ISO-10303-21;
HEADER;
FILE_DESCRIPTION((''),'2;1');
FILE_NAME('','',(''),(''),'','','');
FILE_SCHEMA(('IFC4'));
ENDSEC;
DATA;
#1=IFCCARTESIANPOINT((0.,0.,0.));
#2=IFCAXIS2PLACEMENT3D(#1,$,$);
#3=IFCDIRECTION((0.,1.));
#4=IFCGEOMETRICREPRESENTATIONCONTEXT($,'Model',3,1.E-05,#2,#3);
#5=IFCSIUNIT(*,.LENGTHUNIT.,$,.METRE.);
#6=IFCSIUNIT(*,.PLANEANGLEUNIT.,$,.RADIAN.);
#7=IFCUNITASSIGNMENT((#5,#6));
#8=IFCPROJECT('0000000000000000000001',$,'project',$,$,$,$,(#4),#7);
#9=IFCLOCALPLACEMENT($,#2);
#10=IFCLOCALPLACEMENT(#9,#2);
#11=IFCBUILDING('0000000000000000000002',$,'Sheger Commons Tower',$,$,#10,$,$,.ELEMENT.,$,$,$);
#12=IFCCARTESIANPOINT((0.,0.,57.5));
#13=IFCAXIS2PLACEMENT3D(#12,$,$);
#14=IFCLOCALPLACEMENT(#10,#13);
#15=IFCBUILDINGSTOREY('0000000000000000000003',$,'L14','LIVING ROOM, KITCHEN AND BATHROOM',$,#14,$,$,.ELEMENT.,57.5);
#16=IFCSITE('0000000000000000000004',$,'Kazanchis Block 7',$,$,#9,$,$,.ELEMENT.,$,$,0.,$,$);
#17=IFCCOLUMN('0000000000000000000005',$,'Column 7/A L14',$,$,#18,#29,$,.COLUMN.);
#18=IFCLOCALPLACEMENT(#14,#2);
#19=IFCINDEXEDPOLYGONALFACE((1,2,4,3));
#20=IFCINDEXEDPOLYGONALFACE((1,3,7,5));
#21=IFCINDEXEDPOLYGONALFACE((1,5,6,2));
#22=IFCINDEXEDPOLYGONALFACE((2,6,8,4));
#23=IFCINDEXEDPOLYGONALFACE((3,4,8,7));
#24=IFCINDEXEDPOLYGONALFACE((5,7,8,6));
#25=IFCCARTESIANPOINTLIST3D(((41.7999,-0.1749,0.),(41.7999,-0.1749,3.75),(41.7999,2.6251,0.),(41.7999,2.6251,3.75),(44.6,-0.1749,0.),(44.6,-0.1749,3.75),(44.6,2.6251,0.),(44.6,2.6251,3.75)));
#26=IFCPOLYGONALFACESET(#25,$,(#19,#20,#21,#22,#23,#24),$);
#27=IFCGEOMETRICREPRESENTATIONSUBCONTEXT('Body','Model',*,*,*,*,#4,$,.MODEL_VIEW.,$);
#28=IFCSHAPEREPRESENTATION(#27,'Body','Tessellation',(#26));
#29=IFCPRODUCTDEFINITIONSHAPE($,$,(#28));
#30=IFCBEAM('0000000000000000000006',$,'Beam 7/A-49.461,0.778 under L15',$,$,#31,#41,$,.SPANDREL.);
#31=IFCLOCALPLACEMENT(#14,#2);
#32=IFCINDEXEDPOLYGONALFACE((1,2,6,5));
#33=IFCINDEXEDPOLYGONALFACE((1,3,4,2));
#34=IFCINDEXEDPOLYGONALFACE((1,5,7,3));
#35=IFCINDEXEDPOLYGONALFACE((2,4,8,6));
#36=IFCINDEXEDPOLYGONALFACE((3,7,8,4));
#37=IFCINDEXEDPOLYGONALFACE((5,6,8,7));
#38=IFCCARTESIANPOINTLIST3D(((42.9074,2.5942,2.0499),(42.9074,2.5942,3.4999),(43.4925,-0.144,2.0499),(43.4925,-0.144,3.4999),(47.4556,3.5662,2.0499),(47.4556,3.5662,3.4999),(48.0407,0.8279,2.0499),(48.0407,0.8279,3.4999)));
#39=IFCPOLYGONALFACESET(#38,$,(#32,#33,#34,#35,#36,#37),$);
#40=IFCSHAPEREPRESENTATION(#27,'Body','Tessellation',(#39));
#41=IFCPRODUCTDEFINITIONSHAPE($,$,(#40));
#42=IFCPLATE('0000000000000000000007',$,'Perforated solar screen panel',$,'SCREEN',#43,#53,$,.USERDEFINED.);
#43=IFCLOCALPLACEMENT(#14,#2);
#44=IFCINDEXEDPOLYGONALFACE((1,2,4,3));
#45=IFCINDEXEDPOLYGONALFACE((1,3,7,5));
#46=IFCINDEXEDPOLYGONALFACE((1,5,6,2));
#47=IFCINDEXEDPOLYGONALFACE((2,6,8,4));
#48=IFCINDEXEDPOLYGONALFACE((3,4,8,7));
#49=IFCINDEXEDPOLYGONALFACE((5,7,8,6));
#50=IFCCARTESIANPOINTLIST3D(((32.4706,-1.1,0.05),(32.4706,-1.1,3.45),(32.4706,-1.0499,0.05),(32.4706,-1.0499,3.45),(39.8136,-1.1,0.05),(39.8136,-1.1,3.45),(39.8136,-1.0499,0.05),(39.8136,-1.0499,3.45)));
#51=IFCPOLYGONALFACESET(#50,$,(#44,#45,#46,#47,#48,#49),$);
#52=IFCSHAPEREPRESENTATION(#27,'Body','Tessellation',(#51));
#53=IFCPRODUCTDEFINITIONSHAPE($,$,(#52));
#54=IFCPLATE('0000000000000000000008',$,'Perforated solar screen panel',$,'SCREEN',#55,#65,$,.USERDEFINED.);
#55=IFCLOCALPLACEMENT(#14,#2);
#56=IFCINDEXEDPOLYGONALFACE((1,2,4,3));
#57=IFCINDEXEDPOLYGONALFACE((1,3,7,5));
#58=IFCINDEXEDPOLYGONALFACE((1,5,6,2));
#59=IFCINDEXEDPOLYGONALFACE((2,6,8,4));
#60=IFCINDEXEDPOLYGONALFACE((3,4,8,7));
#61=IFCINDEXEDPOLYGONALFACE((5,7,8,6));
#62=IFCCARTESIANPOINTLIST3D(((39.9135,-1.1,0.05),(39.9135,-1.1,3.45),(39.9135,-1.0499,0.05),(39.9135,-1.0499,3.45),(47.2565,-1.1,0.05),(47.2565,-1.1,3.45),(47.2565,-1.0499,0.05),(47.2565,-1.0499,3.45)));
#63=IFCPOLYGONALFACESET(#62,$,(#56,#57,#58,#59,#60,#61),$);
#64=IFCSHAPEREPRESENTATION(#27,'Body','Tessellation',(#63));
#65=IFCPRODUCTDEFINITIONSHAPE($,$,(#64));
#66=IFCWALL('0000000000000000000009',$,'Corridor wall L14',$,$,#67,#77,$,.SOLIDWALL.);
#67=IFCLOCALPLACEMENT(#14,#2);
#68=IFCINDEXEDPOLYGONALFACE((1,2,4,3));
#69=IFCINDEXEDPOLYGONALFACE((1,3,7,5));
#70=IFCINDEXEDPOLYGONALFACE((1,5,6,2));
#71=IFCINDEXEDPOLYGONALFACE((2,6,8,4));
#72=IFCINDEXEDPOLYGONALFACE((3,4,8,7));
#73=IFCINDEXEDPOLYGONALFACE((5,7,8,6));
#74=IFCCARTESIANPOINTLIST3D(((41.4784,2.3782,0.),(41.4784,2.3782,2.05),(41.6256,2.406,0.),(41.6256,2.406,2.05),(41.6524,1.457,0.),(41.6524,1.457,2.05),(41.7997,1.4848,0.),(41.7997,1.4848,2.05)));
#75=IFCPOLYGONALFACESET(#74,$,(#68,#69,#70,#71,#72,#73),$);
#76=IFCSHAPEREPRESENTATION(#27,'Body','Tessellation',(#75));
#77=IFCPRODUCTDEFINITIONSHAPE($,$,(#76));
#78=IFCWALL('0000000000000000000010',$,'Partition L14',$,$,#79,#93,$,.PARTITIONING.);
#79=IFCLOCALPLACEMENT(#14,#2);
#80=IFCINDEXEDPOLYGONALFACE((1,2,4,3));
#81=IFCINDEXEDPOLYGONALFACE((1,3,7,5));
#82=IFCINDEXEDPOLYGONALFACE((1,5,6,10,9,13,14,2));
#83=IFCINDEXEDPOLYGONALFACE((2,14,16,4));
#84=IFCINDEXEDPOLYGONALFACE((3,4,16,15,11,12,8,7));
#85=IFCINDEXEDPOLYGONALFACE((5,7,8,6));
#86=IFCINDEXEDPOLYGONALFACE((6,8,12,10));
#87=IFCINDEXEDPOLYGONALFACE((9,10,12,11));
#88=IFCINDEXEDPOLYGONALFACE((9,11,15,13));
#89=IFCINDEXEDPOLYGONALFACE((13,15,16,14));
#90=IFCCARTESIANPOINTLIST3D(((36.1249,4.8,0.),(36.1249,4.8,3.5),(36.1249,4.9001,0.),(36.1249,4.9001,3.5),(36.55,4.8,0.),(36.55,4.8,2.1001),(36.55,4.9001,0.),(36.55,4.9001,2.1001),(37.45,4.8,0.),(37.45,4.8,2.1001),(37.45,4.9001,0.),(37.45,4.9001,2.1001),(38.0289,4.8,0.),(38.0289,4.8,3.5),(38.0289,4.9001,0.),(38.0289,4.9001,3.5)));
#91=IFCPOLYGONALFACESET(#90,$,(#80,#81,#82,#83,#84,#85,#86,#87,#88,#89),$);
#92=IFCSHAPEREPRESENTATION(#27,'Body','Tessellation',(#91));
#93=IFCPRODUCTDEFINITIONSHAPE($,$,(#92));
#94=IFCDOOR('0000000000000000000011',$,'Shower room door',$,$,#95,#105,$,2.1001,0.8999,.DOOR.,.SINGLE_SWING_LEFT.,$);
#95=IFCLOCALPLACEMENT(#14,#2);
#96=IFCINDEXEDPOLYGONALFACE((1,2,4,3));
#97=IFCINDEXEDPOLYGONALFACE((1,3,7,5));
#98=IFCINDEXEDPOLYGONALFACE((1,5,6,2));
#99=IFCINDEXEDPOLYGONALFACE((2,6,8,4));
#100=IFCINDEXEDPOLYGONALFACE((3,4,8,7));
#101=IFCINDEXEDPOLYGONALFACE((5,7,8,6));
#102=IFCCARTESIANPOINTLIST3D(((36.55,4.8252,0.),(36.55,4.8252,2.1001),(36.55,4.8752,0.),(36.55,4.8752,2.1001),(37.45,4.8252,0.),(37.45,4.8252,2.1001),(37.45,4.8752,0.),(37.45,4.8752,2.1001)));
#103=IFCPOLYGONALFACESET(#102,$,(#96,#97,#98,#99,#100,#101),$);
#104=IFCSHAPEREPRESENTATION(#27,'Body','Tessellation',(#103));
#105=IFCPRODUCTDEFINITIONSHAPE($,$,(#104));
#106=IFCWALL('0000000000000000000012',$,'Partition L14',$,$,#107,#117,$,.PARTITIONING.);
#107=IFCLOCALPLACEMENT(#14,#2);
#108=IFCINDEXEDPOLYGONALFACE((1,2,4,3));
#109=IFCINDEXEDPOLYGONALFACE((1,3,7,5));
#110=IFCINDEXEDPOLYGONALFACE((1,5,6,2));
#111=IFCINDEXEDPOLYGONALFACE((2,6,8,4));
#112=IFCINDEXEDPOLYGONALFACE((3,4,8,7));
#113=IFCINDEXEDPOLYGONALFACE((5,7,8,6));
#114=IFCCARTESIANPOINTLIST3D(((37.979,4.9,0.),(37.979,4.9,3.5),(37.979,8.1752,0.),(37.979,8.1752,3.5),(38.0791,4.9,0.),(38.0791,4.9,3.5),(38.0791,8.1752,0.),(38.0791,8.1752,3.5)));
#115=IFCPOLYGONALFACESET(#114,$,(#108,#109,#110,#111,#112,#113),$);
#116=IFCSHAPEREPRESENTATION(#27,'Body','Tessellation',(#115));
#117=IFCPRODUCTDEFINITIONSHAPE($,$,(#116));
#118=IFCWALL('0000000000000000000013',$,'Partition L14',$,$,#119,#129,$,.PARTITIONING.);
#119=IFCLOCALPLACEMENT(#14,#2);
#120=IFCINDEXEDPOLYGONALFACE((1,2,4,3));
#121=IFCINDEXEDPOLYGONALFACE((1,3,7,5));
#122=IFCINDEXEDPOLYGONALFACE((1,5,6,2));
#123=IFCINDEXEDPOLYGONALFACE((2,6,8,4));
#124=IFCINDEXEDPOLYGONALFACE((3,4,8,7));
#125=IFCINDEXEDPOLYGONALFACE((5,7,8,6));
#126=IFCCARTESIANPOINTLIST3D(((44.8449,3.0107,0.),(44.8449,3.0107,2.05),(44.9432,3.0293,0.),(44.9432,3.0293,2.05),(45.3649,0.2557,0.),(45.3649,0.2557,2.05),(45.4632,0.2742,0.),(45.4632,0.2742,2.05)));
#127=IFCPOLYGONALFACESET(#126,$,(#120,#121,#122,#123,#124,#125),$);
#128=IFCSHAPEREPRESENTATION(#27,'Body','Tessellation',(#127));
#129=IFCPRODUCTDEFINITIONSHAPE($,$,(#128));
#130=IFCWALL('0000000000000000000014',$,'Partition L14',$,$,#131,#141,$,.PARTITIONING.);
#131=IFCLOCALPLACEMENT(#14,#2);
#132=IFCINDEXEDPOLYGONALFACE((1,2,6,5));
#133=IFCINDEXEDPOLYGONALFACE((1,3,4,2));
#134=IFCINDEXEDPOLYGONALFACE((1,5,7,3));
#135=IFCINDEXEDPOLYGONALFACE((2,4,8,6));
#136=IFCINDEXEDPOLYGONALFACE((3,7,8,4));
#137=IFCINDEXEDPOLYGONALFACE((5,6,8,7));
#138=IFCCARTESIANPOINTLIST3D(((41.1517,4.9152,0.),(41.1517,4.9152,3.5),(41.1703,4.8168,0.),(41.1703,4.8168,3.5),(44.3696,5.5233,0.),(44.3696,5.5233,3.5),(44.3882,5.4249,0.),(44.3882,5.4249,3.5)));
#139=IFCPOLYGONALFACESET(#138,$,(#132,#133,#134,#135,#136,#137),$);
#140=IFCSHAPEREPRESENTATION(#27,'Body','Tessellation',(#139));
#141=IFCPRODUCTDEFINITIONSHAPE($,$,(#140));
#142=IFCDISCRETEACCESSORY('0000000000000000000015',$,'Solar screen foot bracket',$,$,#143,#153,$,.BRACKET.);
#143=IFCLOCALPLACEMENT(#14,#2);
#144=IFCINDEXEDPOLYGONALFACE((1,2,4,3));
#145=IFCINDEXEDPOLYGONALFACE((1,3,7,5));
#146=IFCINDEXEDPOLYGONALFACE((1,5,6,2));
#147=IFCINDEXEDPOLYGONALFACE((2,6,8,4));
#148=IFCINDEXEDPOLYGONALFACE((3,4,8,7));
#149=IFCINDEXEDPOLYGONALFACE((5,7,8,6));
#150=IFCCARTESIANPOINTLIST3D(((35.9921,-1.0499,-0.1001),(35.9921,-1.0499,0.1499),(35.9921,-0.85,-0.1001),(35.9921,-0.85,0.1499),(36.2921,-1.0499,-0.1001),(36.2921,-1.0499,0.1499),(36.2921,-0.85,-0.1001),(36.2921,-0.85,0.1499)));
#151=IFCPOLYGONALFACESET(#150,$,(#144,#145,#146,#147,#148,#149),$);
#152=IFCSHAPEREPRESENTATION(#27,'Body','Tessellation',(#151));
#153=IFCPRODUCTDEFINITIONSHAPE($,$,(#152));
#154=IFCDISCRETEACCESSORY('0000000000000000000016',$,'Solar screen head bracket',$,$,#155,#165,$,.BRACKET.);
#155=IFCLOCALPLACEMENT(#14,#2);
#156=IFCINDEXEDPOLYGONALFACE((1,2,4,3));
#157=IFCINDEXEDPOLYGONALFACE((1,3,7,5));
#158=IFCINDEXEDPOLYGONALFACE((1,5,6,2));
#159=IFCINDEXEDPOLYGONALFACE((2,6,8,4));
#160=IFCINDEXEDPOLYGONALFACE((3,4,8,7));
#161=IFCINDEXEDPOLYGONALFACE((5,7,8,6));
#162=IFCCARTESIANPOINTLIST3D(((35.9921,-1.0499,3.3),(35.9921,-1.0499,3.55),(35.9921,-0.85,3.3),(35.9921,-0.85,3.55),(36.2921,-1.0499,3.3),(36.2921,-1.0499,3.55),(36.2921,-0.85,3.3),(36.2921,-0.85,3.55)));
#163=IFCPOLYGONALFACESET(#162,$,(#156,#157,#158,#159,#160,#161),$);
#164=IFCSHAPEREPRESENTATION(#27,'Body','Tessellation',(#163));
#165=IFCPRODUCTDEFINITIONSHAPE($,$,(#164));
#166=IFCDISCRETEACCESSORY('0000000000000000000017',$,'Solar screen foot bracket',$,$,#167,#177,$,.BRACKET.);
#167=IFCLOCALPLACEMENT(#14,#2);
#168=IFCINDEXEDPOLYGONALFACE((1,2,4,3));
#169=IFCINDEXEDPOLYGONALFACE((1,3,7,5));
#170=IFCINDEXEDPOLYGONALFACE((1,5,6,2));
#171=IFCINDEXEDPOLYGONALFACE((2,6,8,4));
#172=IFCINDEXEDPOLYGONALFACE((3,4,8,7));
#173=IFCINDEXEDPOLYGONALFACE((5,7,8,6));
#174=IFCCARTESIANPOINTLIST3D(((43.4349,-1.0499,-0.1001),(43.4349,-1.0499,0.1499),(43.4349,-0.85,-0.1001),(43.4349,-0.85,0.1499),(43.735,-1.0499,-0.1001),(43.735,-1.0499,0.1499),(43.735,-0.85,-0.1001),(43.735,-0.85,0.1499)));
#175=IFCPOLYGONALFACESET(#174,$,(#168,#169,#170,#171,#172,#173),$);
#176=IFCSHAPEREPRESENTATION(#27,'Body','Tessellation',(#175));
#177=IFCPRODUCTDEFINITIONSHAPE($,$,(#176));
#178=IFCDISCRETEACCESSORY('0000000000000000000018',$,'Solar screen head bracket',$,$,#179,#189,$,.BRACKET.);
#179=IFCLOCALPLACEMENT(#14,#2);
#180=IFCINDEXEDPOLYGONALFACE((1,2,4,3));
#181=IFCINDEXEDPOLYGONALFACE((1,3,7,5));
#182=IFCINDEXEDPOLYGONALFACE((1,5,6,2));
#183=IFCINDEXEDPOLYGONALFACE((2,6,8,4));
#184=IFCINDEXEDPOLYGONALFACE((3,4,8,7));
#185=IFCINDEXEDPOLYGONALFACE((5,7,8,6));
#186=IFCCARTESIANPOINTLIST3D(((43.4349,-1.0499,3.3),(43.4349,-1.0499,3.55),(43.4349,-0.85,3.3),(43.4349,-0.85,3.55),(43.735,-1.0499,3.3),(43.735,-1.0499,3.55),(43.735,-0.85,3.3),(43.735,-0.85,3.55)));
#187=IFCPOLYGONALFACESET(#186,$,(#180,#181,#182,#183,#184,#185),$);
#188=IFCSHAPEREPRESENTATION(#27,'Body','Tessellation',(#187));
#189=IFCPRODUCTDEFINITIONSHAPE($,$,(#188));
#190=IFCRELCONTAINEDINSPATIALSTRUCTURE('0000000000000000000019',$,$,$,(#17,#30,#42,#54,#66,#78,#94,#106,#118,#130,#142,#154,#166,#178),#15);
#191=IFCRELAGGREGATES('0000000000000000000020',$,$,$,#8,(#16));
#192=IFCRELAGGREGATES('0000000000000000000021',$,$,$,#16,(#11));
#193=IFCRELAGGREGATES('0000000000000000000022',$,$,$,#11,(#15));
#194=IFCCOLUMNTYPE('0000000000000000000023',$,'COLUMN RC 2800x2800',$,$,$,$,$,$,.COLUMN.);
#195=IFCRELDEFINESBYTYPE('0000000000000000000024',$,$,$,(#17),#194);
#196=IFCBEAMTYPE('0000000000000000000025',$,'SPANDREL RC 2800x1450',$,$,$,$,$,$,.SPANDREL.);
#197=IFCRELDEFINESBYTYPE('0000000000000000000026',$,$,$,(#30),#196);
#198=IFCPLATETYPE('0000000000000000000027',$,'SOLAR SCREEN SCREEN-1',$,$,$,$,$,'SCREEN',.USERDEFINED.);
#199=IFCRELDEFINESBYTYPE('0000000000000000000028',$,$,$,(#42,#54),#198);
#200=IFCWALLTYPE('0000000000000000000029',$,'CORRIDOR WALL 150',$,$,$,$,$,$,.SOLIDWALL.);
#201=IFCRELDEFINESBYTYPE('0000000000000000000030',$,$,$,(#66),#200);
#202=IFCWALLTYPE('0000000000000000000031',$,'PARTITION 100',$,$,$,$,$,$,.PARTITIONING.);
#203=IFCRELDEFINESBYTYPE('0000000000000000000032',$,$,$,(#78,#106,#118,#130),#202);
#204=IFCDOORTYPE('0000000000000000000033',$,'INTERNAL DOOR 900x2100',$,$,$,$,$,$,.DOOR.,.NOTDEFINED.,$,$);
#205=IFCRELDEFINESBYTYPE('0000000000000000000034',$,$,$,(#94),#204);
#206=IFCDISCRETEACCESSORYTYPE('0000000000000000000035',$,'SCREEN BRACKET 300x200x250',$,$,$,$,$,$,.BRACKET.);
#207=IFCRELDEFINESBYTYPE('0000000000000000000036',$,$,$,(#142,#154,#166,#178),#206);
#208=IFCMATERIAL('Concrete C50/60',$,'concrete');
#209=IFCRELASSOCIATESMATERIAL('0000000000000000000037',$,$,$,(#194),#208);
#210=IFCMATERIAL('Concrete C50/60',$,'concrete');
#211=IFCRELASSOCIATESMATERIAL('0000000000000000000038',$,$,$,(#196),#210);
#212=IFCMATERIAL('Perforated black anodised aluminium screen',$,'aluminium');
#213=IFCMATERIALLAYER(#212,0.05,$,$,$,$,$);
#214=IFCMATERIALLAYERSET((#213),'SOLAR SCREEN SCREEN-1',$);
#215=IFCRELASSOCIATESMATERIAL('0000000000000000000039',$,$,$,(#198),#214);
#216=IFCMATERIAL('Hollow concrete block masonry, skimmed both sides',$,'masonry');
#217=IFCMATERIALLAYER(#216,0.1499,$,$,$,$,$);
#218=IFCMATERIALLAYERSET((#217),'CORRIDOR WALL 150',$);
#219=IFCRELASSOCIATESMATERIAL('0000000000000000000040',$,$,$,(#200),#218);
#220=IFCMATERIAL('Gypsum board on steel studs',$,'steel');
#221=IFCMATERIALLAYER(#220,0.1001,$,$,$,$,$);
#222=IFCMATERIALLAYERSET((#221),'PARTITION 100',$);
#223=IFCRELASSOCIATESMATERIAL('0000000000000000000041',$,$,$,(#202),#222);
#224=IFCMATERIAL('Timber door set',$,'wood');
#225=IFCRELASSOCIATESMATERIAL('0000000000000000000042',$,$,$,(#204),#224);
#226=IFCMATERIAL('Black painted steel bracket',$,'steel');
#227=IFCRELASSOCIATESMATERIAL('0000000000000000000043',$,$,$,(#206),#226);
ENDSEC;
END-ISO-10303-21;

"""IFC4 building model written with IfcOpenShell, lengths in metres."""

from ifc_helpers import new_model, si_unit, direction, frame, frame_2d, origin, origin_2d, place, context, subcontext, project, spatial, rectangle, extrude, material, layer, layer_set, material_profile, profile_set, type_object, element, fill, save


model = new_model("IFC4")

# Units and contexts
model_context = context("Model", 3, precision=1e-05, world=origin(), true_north=direction((0.0, 1.0)))
body_context = subcontext(model_context, "Body", "Model", "MODEL_VIEW")
ifc_project = project(units=[si_unit("LENGTHUNIT", "METRE"), si_unit("PLANEANGLEUNIT", "RADIAN")], contexts=[model_context])

# Site, building, storey
site_placement = place(None, origin())
site = spatial("IfcSite", under=ifc_project, at=site_placement, Name="Kazanchis Block 7", CompositionType="ELEMENT", RefElevation=0.0)
building_placement = place(site_placement, origin())
building = spatial("IfcBuilding", under=site, at=building_placement, Name="Sheger Commons Tower", CompositionType="ELEMENT")
storey_placement = place(building_placement, frame((0.0, 0.0, 57.5)))
storey = spatial("IfcBuildingStorey", under=building, at=storey_placement, Name="L14", Description="LIVING ROOM, KITCHEN AND BATHROOM", CompositionType="ELEMENT", Elevation=57.5)

# Column
ifc_material_1 = material(Name="Concrete C50/60", Category="concrete")
ifc_material_profile_1 = material_profile(ifc_material_1, rectangle(XDim=2.8, YDim=2.8, at=origin_2d()), Name="RC 2800x2800")
ifc_profile_set_1 = profile_set([ifc_material_profile_1], Name="Concrete C50/60")
column_type = type_object("IfcColumnType", Name="COLUMN RC 2800x2800", PredefinedType="COLUMN", material=ifc_profile_set_1)
column_placement = place(storey_placement, frame((43.2, 1.2251, 0.0), z_axis=(0.0, 0.0, 1.0), x_axis=(1.0, 0.0, 0.0)))
element("IfcColumn", 1, at=column_placement, inside=storey, type_object=column_type, Name="Column 7/A L14", PredefinedType="COLUMN", context=body_context, shape_type="SweptSolid", body=[
    extrude(rectangle(XDim=2.8, YDim=2.8, at=origin_2d()), origin(), (0.0, 0.0, 1.0), 3.75),
])

# Beam
ifc_material_2 = material(Name="Concrete C50/60", Category="concrete")
ifc_material_profile_2 = material_profile(ifc_material_2, rectangle(XDim=2.8, YDim=1.45, at=origin_2d()), Name="RC 2800x1450")
ifc_profile_set_2 = profile_set([ifc_material_profile_2], Name="Concrete C50/60")
beam_type = type_object("IfcBeamType", Name="SPANDREL RC 2800x1450", PredefinedType="SPANDREL", material=ifc_profile_set_2)
beam_placement = place(storey_placement, frame((43.2, 1.2251, 2.7749), z_axis=(0.97792, 0.208981, 0.0), x_axis=(-0.208981, 0.97792, 0.0)))
element("IfcBeam", 2, at=beam_placement, inside=storey, type_object=beam_type, Name="Beam 7/A-49.461,0.778 under L15", PredefinedType="SPANDREL", context=body_context, shape_type="SweptSolid", body=[
    extrude(rectangle(XDim=2.8, YDim=1.45, at=origin_2d()), origin(), (0.0, 0.0, 1.0), 4.6509),
])

# Plates
ifc_material_3 = material(Name="Perforated black anodised aluminium screen", Category="aluminium")
ifc_layer_1 = layer(ifc_material_3, 0.05)
ifc_layer_set_1 = layer_set([ifc_layer_1], Name="SOLAR SCREEN SCREEN-1")
plate_type = type_object("IfcPlateType", Name="SOLAR SCREEN SCREEN-1", ElementType="SCREEN", PredefinedType="USERDEFINED", material=ifc_layer_set_1)
for number, where, z_axis, x_axis, name in (
    (3, (36.1421, -1.075, 0.05), (0.0, 0.0, 1.0), (1.0, 0.0, 0.0), "Perforated solar screen panel"),
    (4, (43.585, -1.075, 0.05), (0.0, 0.0, 1.0), (1.0, 0.0, 0.0), "Perforated solar screen panel"),
):
    element("IfcPlate", number, at=place(storey_placement, frame(where, z_axis=z_axis, x_axis=x_axis)), inside=storey, type_object=plate_type, Name=name, ObjectType="SCREEN", PredefinedType="USERDEFINED", context=body_context, shape_type="SweptSolid", body=[
        extrude(rectangle(XDim=7.343, YDim=0.05, at=origin_2d()), origin(), (0.0, 0.0, 1.0), 3.3999),
    ])

# Wall
ifc_material_4 = material(Name="Hollow concrete block masonry, skimmed both sides", Category="masonry")
ifc_layer_2 = layer(ifc_material_4, 0.1499)
ifc_layer_set_2 = layer_set([ifc_layer_2], Name="CORRIDOR WALL 150")
wall_type_1 = type_object("IfcWallType", Name="CORRIDOR WALL 150", PredefinedType="SOLIDWALL", material=ifc_layer_set_2)
wall_1_placement = place(storey_placement, frame((41.552, 2.3921, 0.0), z_axis=(0.0, 0.0, 1.0), x_axis=(0.185688, -0.982609, 0.0)))
element("IfcWall", 5, at=wall_1_placement, inside=storey, type_object=wall_type_1, Name="Corridor wall L14", PredefinedType="SOLIDWALL", context=body_context, shape_type="SweptSolid", body=[
    extrude(rectangle(XDim=0.9375, YDim=0.1499, at=frame_2d((0.4688, 0.0))), origin(), (0.0, 0.0, 1.0), 2.05),
])

# Wall, opening, door
ifc_material_5 = material(Name="Gypsum board on steel studs", Category="steel")
ifc_layer_3 = layer(ifc_material_5, 0.1001)
ifc_layer_set_3 = layer_set([ifc_layer_3], Name="PARTITION 100")
wall_type_2 = type_object("IfcWallType", Name="PARTITION 100", PredefinedType="PARTITIONING", material=ifc_layer_set_3)
wall_2_placement = place(storey_placement, frame((38.0291, 4.8501, 0.0), z_axis=(0.0, 0.0, 1.0), x_axis=(-1.0, 0.0, 0.0)))
wall_2 = element("IfcWall", 6, at=wall_2_placement, inside=storey, type_object=wall_type_2, Name="Partition L14", PredefinedType="PARTITIONING", context=body_context, shape_type="SweptSolid", body=[
    extrude(rectangle(XDim=1.9041, YDim=0.1001, at=frame_2d((0.9521, 0.0))), origin(), (0.0, 0.0, 1.0), 3.5),
])
opening_placement = place(wall_2_placement, frame((0.5791, 0.0, 0.0)))
opening = element("IfcOpeningElement", 7, at=opening_placement, cuts=wall_2, PredefinedType="OPENING", context=body_context, shape_type="SweptSolid", body=[
    extrude(rectangle(XDim=0.8999, YDim=2.1001, at=frame_2d((0.45, 1.05))), frame((0.0, 0.0601, 0.0), z_axis=(0.0, -1.0, 0.0), x_axis=(1.0, 0.0, 0.0)), (0.0, 0.0, 1.0), 0.1201),
])
ifc_material_6 = material(Name="Timber door set", Category="wood")
door_type = type_object("IfcDoorType", Name="INTERNAL DOOR 900x2100", OperationType="NOTDEFINED", PredefinedType="DOOR", material=ifc_material_6)
door_placement = place(opening_placement, origin())
door = element("IfcDoor", 8, at=door_placement, inside=storey, type_object=door_type, Name="Shower room door", OperationType="SINGLE_SWING_LEFT", OverallHeight=2.1001, OverallWidth=0.8999, PredefinedType="DOOR", context=body_context, shape_type="SweptSolid", body=[
    extrude(rectangle(XDim=0.8999, YDim=2.1001, at=frame_2d((0.45, 1.05))), frame((0.0, 0.0249, 0.0), z_axis=(0.0, -1.0, 0.0), x_axis=(1.0, 0.0, 0.0)), (0.0, 0.0, 1.0), 0.05),
])
fill(opening, door)

# Walls
wall_3_placement = place(storey_placement, frame((38.0291, 4.8999, 0.0), z_axis=(0.0, 0.0, 1.0), x_axis=(0.0, 1.0, 0.0)))
element("IfcWall", 9, at=wall_3_placement, inside=storey, type_object=wall_type_2, Name="Partition L14", PredefinedType="PARTITIONING", context=body_context, shape_type="SweptSolid", body=[
    extrude(rectangle(XDim=3.2751, YDim=0.1001, at=frame_2d((1.6377, 0.0))), origin(), (0.0, 0.0, 1.0), 3.5),
])
wall_4_placement = place(storey_placement, frame((44.894, 3.02, 0.0), z_axis=(0.0, 0.0, 1.0), x_axis=(0.185471, -0.98265, 0.0)))
element("IfcWall", 10, at=wall_4_placement, inside=storey, type_object=wall_type_2, Name="Partition L14", PredefinedType="PARTITIONING", context=body_context, shape_type="SweptSolid", body=[
    extrude(rectangle(XDim=2.8037, YDim=0.1001, at=frame_2d((1.4019, 0.0))), origin(), (0.0, 0.0, 1.0), 2.05),
])
wall_5_placement = place(storey_placement, frame((44.3789, 5.4741, 0.0), z_axis=(0.0, 0.0, 1.0), x_axis=(-0.982607, -0.185697, 0.0)))
element("IfcWall", 11, at=wall_5_placement, inside=storey, type_object=wall_type_2, Name="Partition L14", PredefinedType="PARTITIONING", context=body_context, shape_type="SweptSolid", body=[
    extrude(rectangle(XDim=3.2749, YDim=0.1001, at=frame_2d((1.6375, 0.0))), origin(), (0.0, 0.0, 1.0), 3.5),
])

# Discrete accessories
ifc_material_7 = material(Name="Black painted steel bracket", Category="steel")
discrete_accessory_type = type_object("IfcDiscreteAccessoryType", Name="SCREEN BRACKET 300x200x250", PredefinedType="BRACKET", material=ifc_material_7)
for number, where, z_axis, x_axis, name in (
    (12, (36.1421, -0.95, -0.1001), (0.0, 0.0, 1.0), (1.0, 0.0, 0.0), "Solar screen foot bracket"),
    (13, (36.1421, -0.95, 3.3), (0.0, 0.0, 1.0), (1.0, 0.0, 0.0), "Solar screen head bracket"),
    (14, (43.585, -0.95, -0.1001), (0.0, 0.0, 1.0), (1.0, 0.0, 0.0), "Solar screen foot bracket"),
    (15, (43.585, -0.95, 3.3), (0.0, 0.0, 1.0), (1.0, 0.0, 0.0), "Solar screen head bracket"),
):
    element("IfcDiscreteAccessory", number, at=place(storey_placement, frame(where, z_axis=z_axis, x_axis=x_axis)), inside=storey, type_object=discrete_accessory_type, Name=name, PredefinedType="BRACKET", context=body_context, shape_type="SweptSolid", body=[
        extrude(rectangle(XDim=0.3, YDim=0.2, at=origin_2d()), origin(), (0.0, 0.0, 1.0), 0.25),
    ])

save(model, "model.ifc")
